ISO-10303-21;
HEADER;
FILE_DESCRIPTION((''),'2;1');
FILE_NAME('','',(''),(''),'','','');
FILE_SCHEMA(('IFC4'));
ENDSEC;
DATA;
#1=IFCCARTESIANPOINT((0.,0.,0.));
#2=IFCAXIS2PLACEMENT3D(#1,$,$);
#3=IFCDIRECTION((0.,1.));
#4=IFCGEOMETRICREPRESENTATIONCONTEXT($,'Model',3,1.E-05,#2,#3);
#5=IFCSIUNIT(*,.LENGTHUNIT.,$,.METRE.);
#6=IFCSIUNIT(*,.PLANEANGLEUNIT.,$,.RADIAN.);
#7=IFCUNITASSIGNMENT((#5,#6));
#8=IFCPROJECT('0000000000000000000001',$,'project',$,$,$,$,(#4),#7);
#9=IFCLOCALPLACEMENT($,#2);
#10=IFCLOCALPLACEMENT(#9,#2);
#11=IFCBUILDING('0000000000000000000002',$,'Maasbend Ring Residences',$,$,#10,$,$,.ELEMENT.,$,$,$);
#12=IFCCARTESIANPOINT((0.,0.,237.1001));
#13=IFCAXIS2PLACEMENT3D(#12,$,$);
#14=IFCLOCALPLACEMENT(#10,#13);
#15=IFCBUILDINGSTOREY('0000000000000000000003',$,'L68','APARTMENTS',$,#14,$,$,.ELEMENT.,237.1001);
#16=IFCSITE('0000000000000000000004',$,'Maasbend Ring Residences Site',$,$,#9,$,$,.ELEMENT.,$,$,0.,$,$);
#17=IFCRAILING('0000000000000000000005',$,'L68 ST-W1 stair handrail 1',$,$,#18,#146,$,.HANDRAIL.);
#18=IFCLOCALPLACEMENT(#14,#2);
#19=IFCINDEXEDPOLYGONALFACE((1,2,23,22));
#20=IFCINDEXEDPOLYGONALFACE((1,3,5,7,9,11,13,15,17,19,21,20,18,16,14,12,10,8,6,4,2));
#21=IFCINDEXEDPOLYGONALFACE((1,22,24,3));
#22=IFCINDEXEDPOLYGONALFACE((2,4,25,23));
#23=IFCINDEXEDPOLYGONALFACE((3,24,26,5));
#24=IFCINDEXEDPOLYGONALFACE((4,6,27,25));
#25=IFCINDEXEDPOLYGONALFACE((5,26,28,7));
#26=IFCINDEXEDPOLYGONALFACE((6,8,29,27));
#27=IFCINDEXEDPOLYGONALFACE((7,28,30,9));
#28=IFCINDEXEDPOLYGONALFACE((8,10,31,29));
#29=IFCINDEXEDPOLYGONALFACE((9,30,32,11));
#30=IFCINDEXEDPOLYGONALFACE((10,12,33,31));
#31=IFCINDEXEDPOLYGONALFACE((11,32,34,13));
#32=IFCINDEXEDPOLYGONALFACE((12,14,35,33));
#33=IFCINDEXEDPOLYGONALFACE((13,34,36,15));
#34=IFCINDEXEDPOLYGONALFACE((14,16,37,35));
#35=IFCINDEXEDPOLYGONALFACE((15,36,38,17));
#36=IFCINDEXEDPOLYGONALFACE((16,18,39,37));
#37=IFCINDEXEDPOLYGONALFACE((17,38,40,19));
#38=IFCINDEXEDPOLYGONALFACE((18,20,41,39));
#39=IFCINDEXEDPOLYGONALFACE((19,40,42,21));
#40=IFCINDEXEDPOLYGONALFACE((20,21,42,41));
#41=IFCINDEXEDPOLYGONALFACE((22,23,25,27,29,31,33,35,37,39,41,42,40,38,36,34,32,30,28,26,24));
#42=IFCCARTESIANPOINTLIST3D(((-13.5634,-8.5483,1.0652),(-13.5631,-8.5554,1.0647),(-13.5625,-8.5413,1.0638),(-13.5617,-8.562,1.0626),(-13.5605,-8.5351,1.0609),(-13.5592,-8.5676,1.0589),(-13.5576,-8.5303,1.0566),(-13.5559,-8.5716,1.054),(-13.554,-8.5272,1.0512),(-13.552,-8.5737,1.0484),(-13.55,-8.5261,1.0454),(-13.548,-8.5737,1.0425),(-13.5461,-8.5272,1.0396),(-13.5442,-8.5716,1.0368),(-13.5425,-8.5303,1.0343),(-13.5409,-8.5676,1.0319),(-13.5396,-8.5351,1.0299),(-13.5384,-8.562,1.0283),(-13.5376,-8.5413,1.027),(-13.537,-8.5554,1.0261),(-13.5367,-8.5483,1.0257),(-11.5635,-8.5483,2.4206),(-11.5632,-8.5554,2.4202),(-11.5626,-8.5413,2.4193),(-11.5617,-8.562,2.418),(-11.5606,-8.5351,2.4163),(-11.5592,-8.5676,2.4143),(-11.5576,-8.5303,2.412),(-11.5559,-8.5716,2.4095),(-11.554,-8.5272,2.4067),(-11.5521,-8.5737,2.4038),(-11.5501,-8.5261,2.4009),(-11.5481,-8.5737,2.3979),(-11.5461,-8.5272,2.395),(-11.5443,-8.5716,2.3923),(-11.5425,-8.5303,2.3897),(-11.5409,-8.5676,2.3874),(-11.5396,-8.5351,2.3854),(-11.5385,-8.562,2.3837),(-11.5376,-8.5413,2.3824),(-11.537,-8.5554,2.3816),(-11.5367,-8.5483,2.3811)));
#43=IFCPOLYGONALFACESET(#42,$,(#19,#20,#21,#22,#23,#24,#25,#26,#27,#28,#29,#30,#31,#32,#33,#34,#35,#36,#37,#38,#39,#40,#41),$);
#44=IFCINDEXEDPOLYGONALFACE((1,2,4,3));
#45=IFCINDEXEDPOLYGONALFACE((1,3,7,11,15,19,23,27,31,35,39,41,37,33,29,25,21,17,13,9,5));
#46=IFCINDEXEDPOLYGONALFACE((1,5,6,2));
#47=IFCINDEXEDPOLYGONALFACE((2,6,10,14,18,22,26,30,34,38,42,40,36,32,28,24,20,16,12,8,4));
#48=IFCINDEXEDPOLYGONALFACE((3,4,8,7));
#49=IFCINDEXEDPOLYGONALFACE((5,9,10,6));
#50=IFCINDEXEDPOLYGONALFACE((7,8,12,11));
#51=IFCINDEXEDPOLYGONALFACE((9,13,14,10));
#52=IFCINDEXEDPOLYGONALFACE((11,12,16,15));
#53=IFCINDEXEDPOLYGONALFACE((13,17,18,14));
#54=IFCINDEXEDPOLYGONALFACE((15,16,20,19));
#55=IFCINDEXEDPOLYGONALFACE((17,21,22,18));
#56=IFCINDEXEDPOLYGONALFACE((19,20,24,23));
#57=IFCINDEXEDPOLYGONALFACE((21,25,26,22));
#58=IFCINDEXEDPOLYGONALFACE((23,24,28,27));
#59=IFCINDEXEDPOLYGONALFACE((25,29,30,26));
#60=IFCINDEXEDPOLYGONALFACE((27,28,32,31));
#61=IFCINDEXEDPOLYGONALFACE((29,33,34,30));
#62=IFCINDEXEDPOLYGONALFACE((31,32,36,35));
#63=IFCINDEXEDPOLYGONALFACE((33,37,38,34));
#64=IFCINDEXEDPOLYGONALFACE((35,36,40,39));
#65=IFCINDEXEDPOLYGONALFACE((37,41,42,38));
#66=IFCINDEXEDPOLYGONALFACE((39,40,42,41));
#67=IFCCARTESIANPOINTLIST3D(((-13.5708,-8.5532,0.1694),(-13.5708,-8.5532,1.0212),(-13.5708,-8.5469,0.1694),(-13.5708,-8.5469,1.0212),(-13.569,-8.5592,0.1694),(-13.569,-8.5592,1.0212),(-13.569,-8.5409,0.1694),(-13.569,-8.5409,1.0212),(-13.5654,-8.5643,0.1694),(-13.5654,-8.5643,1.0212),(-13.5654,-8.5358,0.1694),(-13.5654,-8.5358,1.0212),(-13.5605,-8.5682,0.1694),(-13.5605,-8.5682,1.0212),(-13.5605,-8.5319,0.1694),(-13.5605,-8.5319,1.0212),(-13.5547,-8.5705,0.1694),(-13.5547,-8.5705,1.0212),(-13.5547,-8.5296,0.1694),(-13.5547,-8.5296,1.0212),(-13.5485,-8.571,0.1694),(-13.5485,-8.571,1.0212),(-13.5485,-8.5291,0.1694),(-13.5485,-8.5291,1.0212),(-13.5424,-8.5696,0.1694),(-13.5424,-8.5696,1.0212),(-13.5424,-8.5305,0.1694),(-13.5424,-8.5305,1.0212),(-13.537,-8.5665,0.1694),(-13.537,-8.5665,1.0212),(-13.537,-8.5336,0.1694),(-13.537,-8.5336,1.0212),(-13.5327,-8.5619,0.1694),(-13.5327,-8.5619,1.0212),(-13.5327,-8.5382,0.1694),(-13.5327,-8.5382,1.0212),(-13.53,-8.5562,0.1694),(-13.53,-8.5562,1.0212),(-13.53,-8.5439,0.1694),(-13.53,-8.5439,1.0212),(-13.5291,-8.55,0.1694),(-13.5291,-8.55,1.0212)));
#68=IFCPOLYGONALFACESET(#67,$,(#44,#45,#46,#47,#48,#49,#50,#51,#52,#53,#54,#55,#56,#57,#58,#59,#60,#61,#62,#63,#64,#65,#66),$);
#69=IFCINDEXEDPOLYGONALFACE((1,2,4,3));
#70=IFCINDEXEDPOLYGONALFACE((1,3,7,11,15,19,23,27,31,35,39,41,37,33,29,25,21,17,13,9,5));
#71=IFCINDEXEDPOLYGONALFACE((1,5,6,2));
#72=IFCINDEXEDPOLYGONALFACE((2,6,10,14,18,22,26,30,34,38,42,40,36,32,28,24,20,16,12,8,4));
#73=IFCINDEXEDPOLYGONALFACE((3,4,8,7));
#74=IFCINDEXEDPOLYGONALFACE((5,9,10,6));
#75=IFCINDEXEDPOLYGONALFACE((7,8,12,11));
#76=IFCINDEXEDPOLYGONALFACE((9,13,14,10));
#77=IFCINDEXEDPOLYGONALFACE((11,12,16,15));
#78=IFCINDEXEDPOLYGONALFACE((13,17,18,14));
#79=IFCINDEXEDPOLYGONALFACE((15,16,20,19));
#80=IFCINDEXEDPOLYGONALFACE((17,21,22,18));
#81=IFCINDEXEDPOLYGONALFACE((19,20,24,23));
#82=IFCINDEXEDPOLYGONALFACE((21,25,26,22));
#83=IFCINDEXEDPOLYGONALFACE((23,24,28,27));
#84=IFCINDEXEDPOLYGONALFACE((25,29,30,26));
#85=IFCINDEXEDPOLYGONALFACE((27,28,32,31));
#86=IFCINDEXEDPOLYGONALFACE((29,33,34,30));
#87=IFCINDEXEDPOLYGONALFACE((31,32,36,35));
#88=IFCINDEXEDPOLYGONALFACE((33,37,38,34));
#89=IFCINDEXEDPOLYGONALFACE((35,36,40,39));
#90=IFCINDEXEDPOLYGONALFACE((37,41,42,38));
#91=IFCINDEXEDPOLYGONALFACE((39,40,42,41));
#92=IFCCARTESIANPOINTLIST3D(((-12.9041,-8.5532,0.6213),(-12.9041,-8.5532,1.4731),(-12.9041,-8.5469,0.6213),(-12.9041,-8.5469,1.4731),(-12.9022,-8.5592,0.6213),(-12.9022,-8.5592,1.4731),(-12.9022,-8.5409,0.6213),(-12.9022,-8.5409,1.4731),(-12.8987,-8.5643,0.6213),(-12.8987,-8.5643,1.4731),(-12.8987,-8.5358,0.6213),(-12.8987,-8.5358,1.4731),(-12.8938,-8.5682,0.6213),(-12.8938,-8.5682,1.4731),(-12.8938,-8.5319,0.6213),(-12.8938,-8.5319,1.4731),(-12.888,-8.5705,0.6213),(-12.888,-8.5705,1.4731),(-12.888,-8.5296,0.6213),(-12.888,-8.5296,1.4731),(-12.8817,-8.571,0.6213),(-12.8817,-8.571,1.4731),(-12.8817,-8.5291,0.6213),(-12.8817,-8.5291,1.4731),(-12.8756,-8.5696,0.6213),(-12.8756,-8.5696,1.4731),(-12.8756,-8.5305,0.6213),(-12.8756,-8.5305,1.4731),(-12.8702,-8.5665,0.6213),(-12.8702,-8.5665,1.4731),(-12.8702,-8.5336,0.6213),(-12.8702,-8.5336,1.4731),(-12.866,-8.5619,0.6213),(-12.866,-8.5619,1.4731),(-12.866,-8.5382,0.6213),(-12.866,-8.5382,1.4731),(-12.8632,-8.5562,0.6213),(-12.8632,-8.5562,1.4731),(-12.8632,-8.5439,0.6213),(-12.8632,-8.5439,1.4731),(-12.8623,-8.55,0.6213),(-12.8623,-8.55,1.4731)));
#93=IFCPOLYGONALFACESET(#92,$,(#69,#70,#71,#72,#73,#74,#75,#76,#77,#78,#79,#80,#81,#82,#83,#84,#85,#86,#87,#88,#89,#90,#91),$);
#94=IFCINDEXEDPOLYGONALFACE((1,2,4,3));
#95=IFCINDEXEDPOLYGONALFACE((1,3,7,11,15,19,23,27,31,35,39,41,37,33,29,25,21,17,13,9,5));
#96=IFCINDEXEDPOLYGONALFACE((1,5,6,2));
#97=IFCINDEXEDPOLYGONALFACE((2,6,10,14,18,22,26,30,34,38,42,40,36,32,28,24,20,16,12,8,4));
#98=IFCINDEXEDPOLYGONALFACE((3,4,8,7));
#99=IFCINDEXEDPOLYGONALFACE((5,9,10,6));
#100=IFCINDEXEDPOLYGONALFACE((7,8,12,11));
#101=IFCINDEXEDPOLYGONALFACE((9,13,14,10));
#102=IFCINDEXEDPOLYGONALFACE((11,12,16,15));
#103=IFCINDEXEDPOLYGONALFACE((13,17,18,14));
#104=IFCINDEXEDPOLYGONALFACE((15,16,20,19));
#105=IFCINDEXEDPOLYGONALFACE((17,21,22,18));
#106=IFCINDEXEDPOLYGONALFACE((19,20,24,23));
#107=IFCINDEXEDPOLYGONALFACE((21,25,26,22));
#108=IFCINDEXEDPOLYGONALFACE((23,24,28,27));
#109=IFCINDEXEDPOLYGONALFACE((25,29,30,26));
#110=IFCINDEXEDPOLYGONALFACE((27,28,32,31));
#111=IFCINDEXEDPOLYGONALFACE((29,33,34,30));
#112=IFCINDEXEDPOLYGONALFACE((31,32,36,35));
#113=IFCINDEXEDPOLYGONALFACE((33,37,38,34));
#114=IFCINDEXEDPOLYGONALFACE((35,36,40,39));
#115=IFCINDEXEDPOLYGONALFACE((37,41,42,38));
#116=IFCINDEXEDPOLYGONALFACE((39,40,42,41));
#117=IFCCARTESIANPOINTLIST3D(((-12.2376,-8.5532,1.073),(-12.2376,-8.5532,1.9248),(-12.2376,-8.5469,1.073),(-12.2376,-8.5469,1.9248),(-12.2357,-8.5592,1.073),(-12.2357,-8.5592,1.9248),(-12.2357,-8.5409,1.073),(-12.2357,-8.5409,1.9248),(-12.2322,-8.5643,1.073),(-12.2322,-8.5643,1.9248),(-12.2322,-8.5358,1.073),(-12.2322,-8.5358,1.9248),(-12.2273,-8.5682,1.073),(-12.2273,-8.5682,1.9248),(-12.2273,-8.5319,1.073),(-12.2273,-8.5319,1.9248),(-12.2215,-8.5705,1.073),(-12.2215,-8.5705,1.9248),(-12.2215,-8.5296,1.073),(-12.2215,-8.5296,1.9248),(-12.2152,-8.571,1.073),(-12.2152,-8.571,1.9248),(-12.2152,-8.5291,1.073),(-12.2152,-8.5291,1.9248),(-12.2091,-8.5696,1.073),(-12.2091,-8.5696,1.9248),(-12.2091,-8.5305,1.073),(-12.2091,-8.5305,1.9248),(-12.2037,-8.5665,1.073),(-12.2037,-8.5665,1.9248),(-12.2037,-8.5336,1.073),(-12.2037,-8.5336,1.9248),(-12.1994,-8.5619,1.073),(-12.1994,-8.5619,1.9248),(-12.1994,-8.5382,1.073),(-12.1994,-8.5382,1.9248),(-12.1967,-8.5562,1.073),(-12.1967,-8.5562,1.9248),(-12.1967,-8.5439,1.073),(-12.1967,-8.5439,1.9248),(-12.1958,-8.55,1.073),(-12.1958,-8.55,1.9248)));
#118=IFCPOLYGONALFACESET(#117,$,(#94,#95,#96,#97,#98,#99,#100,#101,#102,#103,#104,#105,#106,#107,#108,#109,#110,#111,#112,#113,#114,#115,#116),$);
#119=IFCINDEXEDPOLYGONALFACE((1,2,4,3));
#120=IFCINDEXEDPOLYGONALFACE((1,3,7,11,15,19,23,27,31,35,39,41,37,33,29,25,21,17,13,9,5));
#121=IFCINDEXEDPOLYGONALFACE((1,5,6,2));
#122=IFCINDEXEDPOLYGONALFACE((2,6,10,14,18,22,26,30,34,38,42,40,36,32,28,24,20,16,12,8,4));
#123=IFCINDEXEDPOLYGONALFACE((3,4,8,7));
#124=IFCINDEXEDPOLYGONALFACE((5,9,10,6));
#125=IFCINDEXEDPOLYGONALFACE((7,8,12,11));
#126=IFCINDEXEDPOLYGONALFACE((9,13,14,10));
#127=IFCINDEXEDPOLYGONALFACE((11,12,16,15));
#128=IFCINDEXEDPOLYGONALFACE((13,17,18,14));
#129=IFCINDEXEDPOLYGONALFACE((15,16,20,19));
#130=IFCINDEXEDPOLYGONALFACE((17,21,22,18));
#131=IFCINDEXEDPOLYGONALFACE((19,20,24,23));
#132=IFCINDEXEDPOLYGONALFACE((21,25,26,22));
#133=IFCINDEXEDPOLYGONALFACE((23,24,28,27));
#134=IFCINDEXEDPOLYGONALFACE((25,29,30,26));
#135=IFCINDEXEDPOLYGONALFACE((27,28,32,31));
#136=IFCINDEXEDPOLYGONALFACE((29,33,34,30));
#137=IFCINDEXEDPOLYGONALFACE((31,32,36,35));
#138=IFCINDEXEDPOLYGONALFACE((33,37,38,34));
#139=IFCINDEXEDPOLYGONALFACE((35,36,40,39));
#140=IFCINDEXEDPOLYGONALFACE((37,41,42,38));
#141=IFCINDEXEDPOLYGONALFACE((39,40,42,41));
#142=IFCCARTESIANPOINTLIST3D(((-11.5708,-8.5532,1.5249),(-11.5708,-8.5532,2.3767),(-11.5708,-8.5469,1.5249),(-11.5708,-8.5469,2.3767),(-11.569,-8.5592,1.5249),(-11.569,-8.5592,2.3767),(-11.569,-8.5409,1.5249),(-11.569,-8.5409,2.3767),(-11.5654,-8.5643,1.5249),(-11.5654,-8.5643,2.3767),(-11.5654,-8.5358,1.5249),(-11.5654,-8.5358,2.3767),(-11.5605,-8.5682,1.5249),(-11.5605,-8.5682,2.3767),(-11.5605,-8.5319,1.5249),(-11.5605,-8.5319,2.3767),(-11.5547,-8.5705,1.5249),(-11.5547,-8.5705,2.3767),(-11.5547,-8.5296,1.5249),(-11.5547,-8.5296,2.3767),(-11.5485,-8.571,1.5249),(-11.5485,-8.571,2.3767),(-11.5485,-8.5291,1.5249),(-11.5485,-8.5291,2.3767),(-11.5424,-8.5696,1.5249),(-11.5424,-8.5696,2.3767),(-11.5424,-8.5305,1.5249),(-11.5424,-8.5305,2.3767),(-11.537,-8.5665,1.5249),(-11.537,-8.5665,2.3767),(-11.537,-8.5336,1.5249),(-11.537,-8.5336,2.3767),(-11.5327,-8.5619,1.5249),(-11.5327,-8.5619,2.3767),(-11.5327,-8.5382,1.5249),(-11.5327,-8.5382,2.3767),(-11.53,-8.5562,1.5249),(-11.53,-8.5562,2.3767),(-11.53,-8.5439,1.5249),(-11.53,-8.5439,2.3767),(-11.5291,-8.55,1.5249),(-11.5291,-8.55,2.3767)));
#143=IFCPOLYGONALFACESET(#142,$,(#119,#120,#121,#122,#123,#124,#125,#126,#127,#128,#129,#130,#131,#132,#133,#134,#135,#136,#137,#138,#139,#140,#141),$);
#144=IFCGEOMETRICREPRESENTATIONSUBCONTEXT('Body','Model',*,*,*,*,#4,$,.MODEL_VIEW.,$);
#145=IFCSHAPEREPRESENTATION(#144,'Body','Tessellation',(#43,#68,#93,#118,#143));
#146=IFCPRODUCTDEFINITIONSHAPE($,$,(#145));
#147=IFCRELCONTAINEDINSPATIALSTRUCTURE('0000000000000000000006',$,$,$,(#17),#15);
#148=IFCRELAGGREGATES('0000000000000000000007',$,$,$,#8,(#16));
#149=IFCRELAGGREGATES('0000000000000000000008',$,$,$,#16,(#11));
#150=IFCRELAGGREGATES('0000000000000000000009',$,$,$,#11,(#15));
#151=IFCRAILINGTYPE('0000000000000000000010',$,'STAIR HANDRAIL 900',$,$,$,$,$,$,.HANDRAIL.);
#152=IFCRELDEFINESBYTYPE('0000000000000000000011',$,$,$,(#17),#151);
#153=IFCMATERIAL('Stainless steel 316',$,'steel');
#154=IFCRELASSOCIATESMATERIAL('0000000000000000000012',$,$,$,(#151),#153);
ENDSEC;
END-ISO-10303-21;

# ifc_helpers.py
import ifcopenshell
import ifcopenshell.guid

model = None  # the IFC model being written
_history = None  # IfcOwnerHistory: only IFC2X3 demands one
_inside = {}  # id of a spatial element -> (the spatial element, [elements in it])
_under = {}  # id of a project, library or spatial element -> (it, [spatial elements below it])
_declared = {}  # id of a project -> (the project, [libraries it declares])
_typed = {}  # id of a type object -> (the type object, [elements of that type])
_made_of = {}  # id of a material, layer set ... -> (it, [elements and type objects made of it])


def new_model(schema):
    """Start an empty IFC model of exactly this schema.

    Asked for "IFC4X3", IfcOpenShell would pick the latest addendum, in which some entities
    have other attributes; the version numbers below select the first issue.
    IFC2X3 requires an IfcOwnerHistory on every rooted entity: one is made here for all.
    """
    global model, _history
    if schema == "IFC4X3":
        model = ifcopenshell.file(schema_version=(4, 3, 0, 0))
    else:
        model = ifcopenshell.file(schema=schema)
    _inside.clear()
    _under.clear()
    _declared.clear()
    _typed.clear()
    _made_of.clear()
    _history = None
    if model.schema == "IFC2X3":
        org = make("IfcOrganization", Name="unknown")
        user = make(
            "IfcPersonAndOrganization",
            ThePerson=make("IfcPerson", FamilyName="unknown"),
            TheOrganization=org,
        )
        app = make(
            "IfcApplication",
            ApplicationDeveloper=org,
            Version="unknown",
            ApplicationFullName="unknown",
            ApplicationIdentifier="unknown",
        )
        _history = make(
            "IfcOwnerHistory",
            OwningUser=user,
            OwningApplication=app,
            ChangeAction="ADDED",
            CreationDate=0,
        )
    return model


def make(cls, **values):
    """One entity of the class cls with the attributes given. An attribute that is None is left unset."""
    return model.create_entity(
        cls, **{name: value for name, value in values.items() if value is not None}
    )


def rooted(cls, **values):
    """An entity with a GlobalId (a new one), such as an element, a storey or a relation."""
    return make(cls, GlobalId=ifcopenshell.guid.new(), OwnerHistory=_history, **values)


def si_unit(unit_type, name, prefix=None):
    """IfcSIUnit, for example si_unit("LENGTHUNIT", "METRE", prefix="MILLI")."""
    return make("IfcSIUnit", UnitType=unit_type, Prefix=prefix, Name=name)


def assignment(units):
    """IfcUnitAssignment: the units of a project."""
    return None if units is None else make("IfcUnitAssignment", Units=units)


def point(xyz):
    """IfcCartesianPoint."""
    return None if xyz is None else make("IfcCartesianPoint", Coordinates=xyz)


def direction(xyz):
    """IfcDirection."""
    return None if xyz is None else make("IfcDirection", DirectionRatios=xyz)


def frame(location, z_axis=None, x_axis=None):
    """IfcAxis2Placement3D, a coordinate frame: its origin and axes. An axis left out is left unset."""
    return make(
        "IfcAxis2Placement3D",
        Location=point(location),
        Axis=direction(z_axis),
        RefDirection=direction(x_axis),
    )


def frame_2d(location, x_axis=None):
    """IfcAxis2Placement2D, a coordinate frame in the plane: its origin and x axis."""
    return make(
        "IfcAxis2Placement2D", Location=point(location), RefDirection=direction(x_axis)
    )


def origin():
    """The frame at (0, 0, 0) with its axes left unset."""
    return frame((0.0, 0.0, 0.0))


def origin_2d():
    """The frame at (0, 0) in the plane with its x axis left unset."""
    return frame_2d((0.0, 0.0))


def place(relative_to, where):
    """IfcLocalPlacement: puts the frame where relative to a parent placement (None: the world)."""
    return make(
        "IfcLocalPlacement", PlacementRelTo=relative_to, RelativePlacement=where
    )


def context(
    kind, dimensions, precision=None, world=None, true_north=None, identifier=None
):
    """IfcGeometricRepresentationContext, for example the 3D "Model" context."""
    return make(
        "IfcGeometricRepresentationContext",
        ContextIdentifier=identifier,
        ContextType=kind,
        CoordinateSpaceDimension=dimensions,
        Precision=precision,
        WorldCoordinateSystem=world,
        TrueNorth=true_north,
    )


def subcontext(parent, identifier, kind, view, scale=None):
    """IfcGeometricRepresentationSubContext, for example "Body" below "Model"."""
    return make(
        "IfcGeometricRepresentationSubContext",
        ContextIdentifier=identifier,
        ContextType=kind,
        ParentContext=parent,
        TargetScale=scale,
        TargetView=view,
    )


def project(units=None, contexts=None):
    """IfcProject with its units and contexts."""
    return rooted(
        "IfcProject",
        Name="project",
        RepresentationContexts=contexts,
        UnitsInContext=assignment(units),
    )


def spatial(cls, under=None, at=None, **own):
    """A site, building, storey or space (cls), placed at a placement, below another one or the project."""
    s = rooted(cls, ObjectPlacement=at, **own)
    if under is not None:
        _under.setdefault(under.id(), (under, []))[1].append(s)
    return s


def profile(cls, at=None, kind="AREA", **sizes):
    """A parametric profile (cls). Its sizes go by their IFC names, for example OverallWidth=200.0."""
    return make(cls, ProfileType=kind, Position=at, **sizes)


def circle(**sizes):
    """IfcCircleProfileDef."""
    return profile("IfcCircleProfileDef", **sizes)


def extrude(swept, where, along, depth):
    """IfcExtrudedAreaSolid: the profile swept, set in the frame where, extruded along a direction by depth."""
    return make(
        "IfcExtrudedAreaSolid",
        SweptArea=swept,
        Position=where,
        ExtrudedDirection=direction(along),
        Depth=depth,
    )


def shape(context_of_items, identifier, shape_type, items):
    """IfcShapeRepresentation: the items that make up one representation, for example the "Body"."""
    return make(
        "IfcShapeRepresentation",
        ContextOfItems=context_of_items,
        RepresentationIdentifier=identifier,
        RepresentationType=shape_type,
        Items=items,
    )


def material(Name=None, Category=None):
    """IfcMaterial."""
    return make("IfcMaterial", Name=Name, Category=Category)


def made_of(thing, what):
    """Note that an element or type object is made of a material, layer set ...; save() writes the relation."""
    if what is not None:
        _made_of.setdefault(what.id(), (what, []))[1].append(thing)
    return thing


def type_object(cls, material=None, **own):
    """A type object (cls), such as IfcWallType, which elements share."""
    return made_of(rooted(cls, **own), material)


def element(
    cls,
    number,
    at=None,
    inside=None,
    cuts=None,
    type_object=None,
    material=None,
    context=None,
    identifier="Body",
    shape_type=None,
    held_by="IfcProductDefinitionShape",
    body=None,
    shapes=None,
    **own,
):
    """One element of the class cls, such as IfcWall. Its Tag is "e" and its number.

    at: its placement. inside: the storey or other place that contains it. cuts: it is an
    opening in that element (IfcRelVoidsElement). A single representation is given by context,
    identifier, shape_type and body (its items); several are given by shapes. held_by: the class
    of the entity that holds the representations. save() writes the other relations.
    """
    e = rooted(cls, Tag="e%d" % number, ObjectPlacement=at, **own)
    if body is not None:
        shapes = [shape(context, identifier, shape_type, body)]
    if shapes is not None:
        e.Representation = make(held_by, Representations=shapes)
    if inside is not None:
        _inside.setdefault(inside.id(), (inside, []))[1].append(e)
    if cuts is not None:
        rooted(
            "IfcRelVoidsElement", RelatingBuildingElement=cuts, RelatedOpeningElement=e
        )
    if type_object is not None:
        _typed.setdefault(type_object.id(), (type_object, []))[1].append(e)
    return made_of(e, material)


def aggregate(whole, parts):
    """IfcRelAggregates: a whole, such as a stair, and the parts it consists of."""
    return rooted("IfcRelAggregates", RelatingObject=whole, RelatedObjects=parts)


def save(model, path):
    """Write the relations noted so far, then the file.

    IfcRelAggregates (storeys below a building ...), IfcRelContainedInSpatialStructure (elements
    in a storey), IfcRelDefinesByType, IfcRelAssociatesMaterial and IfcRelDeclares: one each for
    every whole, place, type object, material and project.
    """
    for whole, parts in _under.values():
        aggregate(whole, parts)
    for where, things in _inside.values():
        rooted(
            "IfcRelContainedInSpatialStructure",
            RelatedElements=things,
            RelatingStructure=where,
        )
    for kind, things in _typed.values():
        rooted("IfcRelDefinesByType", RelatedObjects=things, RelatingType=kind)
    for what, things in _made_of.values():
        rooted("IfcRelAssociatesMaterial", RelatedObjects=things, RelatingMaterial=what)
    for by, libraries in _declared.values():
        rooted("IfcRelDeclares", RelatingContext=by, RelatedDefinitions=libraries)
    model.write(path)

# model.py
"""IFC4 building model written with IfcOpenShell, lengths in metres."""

from ifc_helpers import new_model, si_unit, direction, frame, origin, origin_2d, place, context, subcontext, project, spatial, circle, extrude, material, type_object, element, save


model = new_model("IFC4")

# Units and contexts
model_context = context("Model", 3, precision=1e-05, world=origin(), true_north=direction((0.0, 1.0)))
body_context = subcontext(model_context, "Body", "Model", "MODEL_VIEW")
ifc_project = project(units=[si_unit("LENGTHUNIT", "METRE"), si_unit("PLANEANGLEUNIT", "RADIAN")], contexts=[model_context])

# Site, building, storey
site_placement = place(None, origin())
site = spatial("IfcSite", under=ifc_project, at=site_placement, Name="Maasbend Ring Residences Site", CompositionType="ELEMENT", RefElevation=0.0)
building_placement = place(site_placement, origin())
building = spatial("IfcBuilding", under=site, at=building_placement, Name="Maasbend Ring Residences", CompositionType="ELEMENT")
storey_placement = place(building_placement, frame((0.0, 0.0, 237.1001)))
storey = spatial("IfcBuildingStorey", under=building, at=storey_placement, Name="L68", Description="APARTMENTS", CompositionType="ELEMENT", Elevation=237.1001)

# Railing
ifc_material_1 = material(Name="Stainless steel 316", Category="steel")
railing_type_1 = type_object("IfcRailingType", Name="STAIR HANDRAIL 900", PredefinedType="HANDRAIL", material=ifc_material_1)
railing_1_placement = place(storey_placement, frame((-13.55, -8.55, 0.1694)))
element("IfcRailing", 1, at=railing_1_placement, inside=storey, type_object=railing_type_1, Name="L68 ST-W1 stair handrail 1", PredefinedType="HANDRAIL", context=body_context, shape_type="SweptSolid", body=[
    extrude(circle(Radius=0.0239, at=origin_2d()), frame((0.0, 0.0, 0.876), z_axis=(0.827798, 0.0, 0.561027), x_axis=(0.0, 1.0, 0.0)), (0.0, 0.0, 1.0), 2.416),
    extrude(circle(Radius=0.021, at=origin_2d()), origin(), (0.0, 0.0, 1.0), 0.8518),
    extrude(circle(Radius=0.021, at=origin_2d()), frame((0.6667, 0.0, 0.4519)), (0.0, 0.0, 1.0), 0.8518),
    extrude(circle(Radius=0.021, at=origin_2d()), frame((1.3333, 0.0, 0.9036)), (0.0, 0.0, 1.0), 0.8518),
    extrude(circle(Radius=0.021, at=origin_2d()), frame((2.0, 0.0, 1.3555)), (0.0, 0.0, 1.0), 0.8518),
])

save(model, "model.ifc")
